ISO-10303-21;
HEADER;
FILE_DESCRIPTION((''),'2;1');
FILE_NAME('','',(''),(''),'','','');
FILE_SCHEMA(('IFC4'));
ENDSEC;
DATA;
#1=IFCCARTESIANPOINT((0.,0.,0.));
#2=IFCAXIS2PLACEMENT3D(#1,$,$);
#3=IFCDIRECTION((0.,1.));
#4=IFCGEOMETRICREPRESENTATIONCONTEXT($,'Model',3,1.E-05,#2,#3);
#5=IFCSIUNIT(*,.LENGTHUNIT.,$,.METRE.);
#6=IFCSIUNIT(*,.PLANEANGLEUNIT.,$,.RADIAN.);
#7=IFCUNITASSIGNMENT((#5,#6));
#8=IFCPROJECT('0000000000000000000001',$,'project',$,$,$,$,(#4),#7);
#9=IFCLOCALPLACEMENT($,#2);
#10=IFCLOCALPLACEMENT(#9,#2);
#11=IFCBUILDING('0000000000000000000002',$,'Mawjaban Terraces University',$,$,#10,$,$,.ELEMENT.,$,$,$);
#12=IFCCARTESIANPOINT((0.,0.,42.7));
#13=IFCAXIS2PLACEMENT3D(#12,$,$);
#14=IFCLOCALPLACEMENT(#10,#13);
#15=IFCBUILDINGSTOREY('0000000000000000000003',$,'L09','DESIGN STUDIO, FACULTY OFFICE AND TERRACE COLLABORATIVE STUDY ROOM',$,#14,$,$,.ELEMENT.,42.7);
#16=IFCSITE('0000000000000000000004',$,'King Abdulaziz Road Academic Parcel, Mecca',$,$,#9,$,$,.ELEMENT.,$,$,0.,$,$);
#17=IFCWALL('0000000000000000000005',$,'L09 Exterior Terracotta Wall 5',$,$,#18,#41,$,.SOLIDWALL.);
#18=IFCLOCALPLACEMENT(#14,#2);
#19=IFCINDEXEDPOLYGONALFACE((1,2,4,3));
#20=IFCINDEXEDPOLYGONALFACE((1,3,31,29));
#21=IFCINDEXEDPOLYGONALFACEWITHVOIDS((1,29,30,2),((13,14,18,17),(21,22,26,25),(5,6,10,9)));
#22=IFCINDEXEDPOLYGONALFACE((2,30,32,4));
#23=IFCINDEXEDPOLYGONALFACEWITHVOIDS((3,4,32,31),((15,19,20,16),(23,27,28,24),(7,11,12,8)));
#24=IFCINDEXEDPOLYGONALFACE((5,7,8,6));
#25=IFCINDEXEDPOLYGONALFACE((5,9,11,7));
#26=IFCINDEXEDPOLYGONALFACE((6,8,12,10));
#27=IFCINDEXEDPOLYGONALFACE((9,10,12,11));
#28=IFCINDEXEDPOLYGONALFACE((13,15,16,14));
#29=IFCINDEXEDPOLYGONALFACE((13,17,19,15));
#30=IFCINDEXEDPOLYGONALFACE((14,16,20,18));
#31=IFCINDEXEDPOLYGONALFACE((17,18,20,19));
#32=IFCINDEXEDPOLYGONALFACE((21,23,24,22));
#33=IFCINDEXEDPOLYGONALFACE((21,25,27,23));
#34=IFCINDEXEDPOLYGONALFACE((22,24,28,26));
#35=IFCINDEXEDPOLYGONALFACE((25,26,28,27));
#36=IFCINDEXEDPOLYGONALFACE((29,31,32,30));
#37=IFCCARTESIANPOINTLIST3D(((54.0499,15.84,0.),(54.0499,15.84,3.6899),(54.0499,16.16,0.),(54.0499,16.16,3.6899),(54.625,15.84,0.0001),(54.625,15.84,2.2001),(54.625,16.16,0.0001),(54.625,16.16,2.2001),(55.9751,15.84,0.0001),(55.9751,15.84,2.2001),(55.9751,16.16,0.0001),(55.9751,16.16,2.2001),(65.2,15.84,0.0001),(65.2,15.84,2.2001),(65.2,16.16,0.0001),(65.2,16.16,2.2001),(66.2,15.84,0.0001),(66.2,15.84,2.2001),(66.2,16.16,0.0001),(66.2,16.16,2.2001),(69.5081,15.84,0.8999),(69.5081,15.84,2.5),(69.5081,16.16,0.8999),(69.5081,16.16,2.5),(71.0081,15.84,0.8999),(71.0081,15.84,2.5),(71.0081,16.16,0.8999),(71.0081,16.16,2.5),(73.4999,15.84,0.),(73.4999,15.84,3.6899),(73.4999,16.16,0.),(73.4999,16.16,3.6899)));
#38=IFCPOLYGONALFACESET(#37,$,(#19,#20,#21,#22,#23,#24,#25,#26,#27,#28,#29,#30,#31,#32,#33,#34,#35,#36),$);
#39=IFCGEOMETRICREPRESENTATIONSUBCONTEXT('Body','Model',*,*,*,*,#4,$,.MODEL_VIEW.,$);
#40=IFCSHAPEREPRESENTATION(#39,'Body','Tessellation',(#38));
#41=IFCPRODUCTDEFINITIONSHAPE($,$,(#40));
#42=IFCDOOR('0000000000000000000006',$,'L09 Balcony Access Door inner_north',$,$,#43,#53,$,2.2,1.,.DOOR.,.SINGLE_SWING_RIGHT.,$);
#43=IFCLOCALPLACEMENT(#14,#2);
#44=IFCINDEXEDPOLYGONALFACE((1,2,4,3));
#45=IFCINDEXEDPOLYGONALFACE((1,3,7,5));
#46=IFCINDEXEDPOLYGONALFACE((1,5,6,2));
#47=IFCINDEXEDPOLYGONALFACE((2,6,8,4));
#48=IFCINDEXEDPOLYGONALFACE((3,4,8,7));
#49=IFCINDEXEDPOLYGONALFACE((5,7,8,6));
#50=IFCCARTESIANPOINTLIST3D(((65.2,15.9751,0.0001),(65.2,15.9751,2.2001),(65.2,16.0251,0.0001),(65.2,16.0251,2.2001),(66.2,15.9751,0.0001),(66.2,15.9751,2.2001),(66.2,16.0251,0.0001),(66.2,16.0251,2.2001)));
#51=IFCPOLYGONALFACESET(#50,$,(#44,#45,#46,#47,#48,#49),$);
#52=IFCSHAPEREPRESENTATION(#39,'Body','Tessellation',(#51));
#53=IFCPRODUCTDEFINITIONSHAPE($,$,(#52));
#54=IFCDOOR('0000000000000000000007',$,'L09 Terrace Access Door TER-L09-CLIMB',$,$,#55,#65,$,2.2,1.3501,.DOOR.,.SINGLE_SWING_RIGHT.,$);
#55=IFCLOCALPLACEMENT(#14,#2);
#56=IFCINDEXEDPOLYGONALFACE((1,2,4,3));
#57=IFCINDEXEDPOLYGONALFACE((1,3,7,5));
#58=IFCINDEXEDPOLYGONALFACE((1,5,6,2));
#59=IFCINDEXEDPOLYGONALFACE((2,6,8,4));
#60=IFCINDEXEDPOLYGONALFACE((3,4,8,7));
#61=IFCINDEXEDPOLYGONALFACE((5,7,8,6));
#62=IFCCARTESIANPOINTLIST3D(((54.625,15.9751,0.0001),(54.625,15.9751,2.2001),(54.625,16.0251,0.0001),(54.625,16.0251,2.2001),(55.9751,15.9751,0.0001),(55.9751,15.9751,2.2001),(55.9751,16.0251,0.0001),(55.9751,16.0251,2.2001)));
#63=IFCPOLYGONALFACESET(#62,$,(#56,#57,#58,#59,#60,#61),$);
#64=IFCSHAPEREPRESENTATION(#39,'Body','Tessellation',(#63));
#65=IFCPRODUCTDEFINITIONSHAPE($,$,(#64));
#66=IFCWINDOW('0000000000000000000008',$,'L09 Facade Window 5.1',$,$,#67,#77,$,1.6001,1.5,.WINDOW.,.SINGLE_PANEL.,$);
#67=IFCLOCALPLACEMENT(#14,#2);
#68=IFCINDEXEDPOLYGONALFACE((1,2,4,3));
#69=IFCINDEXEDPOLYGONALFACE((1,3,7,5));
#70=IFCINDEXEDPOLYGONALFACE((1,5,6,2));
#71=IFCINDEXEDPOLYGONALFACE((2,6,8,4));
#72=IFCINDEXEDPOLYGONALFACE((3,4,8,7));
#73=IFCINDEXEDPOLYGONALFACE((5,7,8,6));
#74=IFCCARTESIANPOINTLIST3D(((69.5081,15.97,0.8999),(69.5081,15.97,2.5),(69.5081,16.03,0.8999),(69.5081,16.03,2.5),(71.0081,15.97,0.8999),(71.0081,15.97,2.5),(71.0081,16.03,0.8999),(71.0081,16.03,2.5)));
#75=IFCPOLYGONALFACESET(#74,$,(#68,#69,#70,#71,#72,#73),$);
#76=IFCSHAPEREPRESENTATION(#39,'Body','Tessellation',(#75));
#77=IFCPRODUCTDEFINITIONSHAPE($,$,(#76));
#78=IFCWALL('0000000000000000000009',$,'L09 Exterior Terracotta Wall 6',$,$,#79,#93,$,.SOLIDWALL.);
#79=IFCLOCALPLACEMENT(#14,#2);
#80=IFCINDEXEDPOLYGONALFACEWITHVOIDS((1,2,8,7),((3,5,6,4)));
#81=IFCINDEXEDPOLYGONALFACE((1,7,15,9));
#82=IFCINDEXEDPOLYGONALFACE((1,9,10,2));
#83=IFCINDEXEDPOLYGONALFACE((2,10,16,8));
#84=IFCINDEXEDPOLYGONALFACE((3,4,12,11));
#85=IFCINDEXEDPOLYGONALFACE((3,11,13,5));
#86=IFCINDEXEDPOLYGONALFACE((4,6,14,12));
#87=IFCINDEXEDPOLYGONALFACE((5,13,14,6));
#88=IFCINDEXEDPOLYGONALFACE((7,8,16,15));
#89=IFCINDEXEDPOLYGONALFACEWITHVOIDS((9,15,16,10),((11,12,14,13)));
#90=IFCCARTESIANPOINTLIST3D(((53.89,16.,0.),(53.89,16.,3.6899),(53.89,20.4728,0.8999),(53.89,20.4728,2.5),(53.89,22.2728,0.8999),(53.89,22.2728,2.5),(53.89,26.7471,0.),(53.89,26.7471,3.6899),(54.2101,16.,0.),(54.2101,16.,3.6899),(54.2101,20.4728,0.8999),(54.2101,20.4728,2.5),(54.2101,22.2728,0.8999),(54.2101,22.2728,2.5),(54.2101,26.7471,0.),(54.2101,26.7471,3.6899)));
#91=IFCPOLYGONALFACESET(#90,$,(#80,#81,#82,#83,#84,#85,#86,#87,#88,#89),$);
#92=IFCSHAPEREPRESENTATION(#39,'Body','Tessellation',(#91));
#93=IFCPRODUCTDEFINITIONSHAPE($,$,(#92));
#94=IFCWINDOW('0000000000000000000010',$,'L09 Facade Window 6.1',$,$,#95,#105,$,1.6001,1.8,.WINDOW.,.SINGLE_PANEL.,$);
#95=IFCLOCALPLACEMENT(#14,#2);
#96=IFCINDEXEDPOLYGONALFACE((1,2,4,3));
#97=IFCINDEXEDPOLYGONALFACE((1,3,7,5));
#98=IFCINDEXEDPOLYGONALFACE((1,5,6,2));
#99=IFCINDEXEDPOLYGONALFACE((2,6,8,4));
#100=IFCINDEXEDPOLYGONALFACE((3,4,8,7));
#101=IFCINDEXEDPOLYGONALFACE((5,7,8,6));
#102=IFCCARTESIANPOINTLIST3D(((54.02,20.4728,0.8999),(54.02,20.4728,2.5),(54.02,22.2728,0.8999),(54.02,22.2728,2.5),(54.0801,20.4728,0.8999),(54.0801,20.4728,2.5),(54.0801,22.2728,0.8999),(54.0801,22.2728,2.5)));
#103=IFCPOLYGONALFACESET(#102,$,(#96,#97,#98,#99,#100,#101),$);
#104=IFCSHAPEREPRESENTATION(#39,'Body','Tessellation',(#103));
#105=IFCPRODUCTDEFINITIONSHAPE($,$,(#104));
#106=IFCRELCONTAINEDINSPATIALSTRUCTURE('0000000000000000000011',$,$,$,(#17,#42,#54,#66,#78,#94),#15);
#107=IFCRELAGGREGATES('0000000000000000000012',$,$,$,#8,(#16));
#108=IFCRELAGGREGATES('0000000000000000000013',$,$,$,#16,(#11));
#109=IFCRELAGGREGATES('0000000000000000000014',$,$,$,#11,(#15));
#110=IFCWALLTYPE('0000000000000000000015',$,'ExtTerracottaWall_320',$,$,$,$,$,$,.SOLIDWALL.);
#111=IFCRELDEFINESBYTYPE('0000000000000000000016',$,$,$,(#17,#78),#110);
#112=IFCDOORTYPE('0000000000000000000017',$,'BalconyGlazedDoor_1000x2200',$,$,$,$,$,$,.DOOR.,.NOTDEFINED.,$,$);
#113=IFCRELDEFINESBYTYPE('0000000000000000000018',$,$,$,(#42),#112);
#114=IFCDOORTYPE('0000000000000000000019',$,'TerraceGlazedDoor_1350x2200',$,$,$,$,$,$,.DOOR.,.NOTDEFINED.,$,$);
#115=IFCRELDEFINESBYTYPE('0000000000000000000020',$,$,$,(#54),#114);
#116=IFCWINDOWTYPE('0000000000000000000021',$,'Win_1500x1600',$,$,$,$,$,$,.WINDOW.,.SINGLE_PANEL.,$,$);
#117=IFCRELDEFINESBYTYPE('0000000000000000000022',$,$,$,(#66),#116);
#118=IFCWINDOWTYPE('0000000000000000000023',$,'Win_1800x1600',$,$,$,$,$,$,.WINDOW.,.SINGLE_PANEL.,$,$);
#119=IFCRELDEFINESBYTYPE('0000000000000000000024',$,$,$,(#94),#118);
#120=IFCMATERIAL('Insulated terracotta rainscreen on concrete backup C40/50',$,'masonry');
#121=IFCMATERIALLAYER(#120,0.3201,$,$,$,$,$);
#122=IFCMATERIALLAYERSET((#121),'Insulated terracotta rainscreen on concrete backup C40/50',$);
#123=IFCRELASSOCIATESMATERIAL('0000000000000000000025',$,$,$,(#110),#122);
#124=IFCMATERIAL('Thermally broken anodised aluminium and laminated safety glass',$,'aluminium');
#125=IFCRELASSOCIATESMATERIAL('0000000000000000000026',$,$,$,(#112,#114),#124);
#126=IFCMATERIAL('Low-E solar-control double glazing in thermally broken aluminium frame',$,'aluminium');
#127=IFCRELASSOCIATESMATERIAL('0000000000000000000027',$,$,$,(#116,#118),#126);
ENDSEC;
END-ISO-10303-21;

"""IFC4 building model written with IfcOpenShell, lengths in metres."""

from ifc_helpers import new_model, si_unit, direction, frame, frame_2d, origin, place, context, subcontext, project, spatial, rectangle, extrude, material, layer, layer_set, type_object, element, fill, save


model = new_model("IFC4")

# Units and contexts
model_context = context("Model", 3, precision=1e-05, world=origin(), true_north=direction((0.0, 1.0)))
body_context = subcontext(model_context, "Body", "Model", "MODEL_VIEW")
ifc_project = project(units=[si_unit("LENGTHUNIT", "METRE"), si_unit("PLANEANGLEUNIT", "RADIAN")], contexts=[model_context])

# Site, building, storey
site_placement = place(None, origin())
site = spatial("IfcSite", under=ifc_project, at=site_placement, Name="King Abdulaziz Road Academic Parcel, Mecca", CompositionType="ELEMENT", RefElevation=0.0)
building_placement = place(site_placement, origin())
building = spatial("IfcBuilding", under=site, at=building_placement, Name="Mawjaban Terraces University", CompositionType="ELEMENT")
storey_placement = place(building_placement, frame((0.0, 0.0, 42.7)))
storey = spatial("IfcBuildingStorey", under=building, at=storey_placement, Name="L09", Description="DESIGN STUDIO, FACULTY OFFICE AND TERRACE COLLABORATIVE STUDY ROOM", CompositionType="ELEMENT", Elevation=42.7)

# Wall, openings, doors, window
ifc_material_1 = material(Name="Insulated terracotta rainscreen on concrete backup C40/50", Category="masonry")
ifc_layer_1 = layer(ifc_material_1, 0.3201)
ifc_layer_set_1 = layer_set([ifc_layer_1], Name="Insulated terracotta rainscreen on concrete backup C40/50")
wall_type = type_object("IfcWallType", Name="ExtTerracottaWall_320", PredefinedType="SOLIDWALL", material=ifc_layer_set_1)
wall_1_placement = place(storey_placement, frame((73.5, 16.0, 0.0), z_axis=(0.0, 0.0, 1.0), x_axis=(-1.0, 0.0, 0.0)))
wall_1 = element("IfcWall", 1, at=wall_1_placement, inside=storey, type_object=wall_type, Name="L09 Exterior Terracotta Wall 5", PredefinedType="SOLIDWALL", context=body_context, shape_type="SweptSolid", body=[
    extrude(rectangle(XDim=19.45, YDim=0.3201, at=frame_2d((9.7251, 0.0))), origin(), (0.0, 0.0, 1.0), 3.6899),
])
opening_1_placement = place(wall_1_placement, frame((7.3, 0.0, 0.0)))
opening_1 = element("IfcOpeningElement", 2, at=opening_1_placement, cuts=wall_1, PredefinedType="OPENING", context=body_context, shape_type="SweptSolid", body=[
    extrude(rectangle(XDim=1.0, YDim=2.2, at=frame_2d((0.5, 1.1001))), frame((0.0, 0.1699, 0.0), z_axis=(0.0, -1.0, 0.0), x_axis=(1.0, 0.0, 0.0)), (0.0, 0.0, 1.0), 0.3401),
])
opening_2_placement = place(wall_1_placement, frame((17.5249, 0.0, 0.0)))
opening_2 = element("IfcOpeningElement", 3, at=opening_2_placement, cuts=wall_1, PredefinedType="OPENING", context=body_context, shape_type="SweptSolid", body=[
    extrude(rectangle(XDim=1.3501, YDim=2.2, at=frame_2d((0.675, 1.1001))), frame((0.0, 0.1699, 0.0), z_axis=(0.0, -1.0, 0.0), x_axis=(1.0, 0.0, 0.0)), (0.0, 0.0, 1.0), 0.3401),
])
opening_3_placement = place(wall_1_placement, frame((2.4919, 0.0, 0.8999)))
opening_3 = element("IfcOpeningElement", 4, at=opening_3_placement, cuts=wall_1, PredefinedType="OPENING", context=body_context, shape_type="SweptSolid", body=[
    extrude(rectangle(XDim=1.5, YDim=1.6001, at=frame_2d((0.75, 0.8))), frame((0.0, 0.1699, 0.0), z_axis=(0.0, -1.0, 0.0), x_axis=(1.0, 0.0, 0.0)), (0.0, 0.0, 1.0), 0.3401),
])
ifc_material_2 = material(Name="Thermally broken anodised aluminium and laminated safety glass", Category="aluminium")
door_type_1 = type_object("IfcDoorType", Name="BalconyGlazedDoor_1000x2200", OperationType="NOTDEFINED", PredefinedType="DOOR", material=ifc_material_2)
door_1_placement = place(opening_1_placement, origin())
door_1 = element("IfcDoor", 5, at=door_1_placement, inside=storey, type_object=door_type_1, Name="L09 Balcony Access Door inner_north", OperationType="SINGLE_SWING_RIGHT", OverallHeight=2.2, OverallWidth=1.0, PredefinedType="DOOR", context=body_context, shape_type="SweptSolid", body=[
    extrude(rectangle(XDim=1.0, YDim=2.2, at=frame_2d((0.5, 1.1001))), frame((0.0, 0.0249, 0.0), z_axis=(0.0, -1.0, 0.0), x_axis=(1.0, 0.0, 0.0)), (0.0, 0.0, 1.0), 0.05),
])
fill(opening_1, door_1)
door_type_2 = type_object("IfcDoorType", Name="TerraceGlazedDoor_1350x2200", OperationType="NOTDEFINED", PredefinedType="DOOR", material=ifc_material_2)
door_2_placement = place(opening_2_placement, origin())
door_2 = element("IfcDoor", 6, at=door_2_placement, inside=storey, type_object=door_type_2, Name="L09 Terrace Access Door TER-L09-CLIMB", OperationType="SINGLE_SWING_RIGHT", OverallHeight=2.2, OverallWidth=1.3501, PredefinedType="DOOR", context=body_context, shape_type="SweptSolid", body=[
    extrude(rectangle(XDim=1.3501, YDim=2.2, at=frame_2d((0.675, 1.1001))), frame((0.0, 0.0249, 0.0), z_axis=(0.0, -1.0, 0.0), x_axis=(1.0, 0.0, 0.0)), (0.0, 0.0, 1.0), 0.05),
])
fill(opening_2, door_2)
ifc_material_3 = material(Name="Low-E solar-control double glazing in thermally broken aluminium frame", Category="aluminium")
window_type_1 = type_object("IfcWindowType", Name="Win_1500x1600", PartitioningType="SINGLE_PANEL", PredefinedType="WINDOW", material=ifc_material_3)
window_1_placement = place(opening_3_placement, origin())
window_1 = element("IfcWindow", 7, at=window_1_placement, inside=storey, type_object=window_type_1, Name="L09 Facade Window 5.1", OverallHeight=1.6001, OverallWidth=1.5, PartitioningType="SINGLE_PANEL", PredefinedType="WINDOW", context=body_context, shape_type="SweptSolid", body=[
    extrude(rectangle(XDim=1.5, YDim=1.6001, at=frame_2d((0.75, 0.8))), frame((0.0, 0.03, 0.0), z_axis=(0.0, -1.0, 0.0), x_axis=(1.0, 0.0, 0.0)), (0.0, 0.0, 1.0), 0.0601),
])
fill(opening_3, window_1)

# Wall, opening, window
wall_2_placement = place(storey_placement, frame((54.05, 16.0, 0.0), z_axis=(0.0, 0.0, 1.0), x_axis=(0.0, 1.0, 0.0)))
wall_2 = element("IfcWall", 8, at=wall_2_placement, inside=storey, type_object=wall_type, Name="L09 Exterior Terracotta Wall 6", PredefinedType="SOLIDWALL", context=body_context, shape_type="SweptSolid", body=[
    extrude(rectangle(XDim=10.7471, YDim=0.3201, at=frame_2d((5.3735, 0.0))), origin(), (0.0, 0.0, 1.0), 3.6899),
])
opening_4_placement = place(wall_2_placement, frame((4.4729, 0.0, 0.8999)))
opening_4 = element("IfcOpeningElement", 9, at=opening_4_placement, cuts=wall_2, PredefinedType="OPENING", context=body_context, shape_type="SweptSolid", body=[
    extrude(rectangle(XDim=1.8, YDim=1.6001, at=frame_2d((0.8999, 0.8))), frame((0.0, 0.1699, 0.0), z_axis=(0.0, -1.0, 0.0), x_axis=(1.0, 0.0, 0.0)), (0.0, 0.0, 1.0), 0.3401),
])
window_type_2 = type_object("IfcWindowType", Name="Win_1800x1600", PartitioningType="SINGLE_PANEL", PredefinedType="WINDOW", material=ifc_material_3)
window_2_placement = place(opening_4_placement, origin())
window_2 = element("IfcWindow", 10, at=window_2_placement, inside=storey, type_object=window_type_2, Name="L09 Facade Window 6.1", OverallHeight=1.6001, OverallWidth=1.8, PartitioningType="SINGLE_PANEL", PredefinedType="WINDOW", context=body_context, shape_type="SweptSolid", body=[
    extrude(rectangle(XDim=1.8, YDim=1.6001, at=frame_2d((0.8999, 0.8))), frame((0.0, 0.03, 0.0), z_axis=(0.0, -1.0, 0.0), x_axis=(1.0, 0.0, 0.0)), (0.0, 0.0, 1.0), 0.0601),
])
fill(opening_4, window_2)

save(model, "model.ifc")
